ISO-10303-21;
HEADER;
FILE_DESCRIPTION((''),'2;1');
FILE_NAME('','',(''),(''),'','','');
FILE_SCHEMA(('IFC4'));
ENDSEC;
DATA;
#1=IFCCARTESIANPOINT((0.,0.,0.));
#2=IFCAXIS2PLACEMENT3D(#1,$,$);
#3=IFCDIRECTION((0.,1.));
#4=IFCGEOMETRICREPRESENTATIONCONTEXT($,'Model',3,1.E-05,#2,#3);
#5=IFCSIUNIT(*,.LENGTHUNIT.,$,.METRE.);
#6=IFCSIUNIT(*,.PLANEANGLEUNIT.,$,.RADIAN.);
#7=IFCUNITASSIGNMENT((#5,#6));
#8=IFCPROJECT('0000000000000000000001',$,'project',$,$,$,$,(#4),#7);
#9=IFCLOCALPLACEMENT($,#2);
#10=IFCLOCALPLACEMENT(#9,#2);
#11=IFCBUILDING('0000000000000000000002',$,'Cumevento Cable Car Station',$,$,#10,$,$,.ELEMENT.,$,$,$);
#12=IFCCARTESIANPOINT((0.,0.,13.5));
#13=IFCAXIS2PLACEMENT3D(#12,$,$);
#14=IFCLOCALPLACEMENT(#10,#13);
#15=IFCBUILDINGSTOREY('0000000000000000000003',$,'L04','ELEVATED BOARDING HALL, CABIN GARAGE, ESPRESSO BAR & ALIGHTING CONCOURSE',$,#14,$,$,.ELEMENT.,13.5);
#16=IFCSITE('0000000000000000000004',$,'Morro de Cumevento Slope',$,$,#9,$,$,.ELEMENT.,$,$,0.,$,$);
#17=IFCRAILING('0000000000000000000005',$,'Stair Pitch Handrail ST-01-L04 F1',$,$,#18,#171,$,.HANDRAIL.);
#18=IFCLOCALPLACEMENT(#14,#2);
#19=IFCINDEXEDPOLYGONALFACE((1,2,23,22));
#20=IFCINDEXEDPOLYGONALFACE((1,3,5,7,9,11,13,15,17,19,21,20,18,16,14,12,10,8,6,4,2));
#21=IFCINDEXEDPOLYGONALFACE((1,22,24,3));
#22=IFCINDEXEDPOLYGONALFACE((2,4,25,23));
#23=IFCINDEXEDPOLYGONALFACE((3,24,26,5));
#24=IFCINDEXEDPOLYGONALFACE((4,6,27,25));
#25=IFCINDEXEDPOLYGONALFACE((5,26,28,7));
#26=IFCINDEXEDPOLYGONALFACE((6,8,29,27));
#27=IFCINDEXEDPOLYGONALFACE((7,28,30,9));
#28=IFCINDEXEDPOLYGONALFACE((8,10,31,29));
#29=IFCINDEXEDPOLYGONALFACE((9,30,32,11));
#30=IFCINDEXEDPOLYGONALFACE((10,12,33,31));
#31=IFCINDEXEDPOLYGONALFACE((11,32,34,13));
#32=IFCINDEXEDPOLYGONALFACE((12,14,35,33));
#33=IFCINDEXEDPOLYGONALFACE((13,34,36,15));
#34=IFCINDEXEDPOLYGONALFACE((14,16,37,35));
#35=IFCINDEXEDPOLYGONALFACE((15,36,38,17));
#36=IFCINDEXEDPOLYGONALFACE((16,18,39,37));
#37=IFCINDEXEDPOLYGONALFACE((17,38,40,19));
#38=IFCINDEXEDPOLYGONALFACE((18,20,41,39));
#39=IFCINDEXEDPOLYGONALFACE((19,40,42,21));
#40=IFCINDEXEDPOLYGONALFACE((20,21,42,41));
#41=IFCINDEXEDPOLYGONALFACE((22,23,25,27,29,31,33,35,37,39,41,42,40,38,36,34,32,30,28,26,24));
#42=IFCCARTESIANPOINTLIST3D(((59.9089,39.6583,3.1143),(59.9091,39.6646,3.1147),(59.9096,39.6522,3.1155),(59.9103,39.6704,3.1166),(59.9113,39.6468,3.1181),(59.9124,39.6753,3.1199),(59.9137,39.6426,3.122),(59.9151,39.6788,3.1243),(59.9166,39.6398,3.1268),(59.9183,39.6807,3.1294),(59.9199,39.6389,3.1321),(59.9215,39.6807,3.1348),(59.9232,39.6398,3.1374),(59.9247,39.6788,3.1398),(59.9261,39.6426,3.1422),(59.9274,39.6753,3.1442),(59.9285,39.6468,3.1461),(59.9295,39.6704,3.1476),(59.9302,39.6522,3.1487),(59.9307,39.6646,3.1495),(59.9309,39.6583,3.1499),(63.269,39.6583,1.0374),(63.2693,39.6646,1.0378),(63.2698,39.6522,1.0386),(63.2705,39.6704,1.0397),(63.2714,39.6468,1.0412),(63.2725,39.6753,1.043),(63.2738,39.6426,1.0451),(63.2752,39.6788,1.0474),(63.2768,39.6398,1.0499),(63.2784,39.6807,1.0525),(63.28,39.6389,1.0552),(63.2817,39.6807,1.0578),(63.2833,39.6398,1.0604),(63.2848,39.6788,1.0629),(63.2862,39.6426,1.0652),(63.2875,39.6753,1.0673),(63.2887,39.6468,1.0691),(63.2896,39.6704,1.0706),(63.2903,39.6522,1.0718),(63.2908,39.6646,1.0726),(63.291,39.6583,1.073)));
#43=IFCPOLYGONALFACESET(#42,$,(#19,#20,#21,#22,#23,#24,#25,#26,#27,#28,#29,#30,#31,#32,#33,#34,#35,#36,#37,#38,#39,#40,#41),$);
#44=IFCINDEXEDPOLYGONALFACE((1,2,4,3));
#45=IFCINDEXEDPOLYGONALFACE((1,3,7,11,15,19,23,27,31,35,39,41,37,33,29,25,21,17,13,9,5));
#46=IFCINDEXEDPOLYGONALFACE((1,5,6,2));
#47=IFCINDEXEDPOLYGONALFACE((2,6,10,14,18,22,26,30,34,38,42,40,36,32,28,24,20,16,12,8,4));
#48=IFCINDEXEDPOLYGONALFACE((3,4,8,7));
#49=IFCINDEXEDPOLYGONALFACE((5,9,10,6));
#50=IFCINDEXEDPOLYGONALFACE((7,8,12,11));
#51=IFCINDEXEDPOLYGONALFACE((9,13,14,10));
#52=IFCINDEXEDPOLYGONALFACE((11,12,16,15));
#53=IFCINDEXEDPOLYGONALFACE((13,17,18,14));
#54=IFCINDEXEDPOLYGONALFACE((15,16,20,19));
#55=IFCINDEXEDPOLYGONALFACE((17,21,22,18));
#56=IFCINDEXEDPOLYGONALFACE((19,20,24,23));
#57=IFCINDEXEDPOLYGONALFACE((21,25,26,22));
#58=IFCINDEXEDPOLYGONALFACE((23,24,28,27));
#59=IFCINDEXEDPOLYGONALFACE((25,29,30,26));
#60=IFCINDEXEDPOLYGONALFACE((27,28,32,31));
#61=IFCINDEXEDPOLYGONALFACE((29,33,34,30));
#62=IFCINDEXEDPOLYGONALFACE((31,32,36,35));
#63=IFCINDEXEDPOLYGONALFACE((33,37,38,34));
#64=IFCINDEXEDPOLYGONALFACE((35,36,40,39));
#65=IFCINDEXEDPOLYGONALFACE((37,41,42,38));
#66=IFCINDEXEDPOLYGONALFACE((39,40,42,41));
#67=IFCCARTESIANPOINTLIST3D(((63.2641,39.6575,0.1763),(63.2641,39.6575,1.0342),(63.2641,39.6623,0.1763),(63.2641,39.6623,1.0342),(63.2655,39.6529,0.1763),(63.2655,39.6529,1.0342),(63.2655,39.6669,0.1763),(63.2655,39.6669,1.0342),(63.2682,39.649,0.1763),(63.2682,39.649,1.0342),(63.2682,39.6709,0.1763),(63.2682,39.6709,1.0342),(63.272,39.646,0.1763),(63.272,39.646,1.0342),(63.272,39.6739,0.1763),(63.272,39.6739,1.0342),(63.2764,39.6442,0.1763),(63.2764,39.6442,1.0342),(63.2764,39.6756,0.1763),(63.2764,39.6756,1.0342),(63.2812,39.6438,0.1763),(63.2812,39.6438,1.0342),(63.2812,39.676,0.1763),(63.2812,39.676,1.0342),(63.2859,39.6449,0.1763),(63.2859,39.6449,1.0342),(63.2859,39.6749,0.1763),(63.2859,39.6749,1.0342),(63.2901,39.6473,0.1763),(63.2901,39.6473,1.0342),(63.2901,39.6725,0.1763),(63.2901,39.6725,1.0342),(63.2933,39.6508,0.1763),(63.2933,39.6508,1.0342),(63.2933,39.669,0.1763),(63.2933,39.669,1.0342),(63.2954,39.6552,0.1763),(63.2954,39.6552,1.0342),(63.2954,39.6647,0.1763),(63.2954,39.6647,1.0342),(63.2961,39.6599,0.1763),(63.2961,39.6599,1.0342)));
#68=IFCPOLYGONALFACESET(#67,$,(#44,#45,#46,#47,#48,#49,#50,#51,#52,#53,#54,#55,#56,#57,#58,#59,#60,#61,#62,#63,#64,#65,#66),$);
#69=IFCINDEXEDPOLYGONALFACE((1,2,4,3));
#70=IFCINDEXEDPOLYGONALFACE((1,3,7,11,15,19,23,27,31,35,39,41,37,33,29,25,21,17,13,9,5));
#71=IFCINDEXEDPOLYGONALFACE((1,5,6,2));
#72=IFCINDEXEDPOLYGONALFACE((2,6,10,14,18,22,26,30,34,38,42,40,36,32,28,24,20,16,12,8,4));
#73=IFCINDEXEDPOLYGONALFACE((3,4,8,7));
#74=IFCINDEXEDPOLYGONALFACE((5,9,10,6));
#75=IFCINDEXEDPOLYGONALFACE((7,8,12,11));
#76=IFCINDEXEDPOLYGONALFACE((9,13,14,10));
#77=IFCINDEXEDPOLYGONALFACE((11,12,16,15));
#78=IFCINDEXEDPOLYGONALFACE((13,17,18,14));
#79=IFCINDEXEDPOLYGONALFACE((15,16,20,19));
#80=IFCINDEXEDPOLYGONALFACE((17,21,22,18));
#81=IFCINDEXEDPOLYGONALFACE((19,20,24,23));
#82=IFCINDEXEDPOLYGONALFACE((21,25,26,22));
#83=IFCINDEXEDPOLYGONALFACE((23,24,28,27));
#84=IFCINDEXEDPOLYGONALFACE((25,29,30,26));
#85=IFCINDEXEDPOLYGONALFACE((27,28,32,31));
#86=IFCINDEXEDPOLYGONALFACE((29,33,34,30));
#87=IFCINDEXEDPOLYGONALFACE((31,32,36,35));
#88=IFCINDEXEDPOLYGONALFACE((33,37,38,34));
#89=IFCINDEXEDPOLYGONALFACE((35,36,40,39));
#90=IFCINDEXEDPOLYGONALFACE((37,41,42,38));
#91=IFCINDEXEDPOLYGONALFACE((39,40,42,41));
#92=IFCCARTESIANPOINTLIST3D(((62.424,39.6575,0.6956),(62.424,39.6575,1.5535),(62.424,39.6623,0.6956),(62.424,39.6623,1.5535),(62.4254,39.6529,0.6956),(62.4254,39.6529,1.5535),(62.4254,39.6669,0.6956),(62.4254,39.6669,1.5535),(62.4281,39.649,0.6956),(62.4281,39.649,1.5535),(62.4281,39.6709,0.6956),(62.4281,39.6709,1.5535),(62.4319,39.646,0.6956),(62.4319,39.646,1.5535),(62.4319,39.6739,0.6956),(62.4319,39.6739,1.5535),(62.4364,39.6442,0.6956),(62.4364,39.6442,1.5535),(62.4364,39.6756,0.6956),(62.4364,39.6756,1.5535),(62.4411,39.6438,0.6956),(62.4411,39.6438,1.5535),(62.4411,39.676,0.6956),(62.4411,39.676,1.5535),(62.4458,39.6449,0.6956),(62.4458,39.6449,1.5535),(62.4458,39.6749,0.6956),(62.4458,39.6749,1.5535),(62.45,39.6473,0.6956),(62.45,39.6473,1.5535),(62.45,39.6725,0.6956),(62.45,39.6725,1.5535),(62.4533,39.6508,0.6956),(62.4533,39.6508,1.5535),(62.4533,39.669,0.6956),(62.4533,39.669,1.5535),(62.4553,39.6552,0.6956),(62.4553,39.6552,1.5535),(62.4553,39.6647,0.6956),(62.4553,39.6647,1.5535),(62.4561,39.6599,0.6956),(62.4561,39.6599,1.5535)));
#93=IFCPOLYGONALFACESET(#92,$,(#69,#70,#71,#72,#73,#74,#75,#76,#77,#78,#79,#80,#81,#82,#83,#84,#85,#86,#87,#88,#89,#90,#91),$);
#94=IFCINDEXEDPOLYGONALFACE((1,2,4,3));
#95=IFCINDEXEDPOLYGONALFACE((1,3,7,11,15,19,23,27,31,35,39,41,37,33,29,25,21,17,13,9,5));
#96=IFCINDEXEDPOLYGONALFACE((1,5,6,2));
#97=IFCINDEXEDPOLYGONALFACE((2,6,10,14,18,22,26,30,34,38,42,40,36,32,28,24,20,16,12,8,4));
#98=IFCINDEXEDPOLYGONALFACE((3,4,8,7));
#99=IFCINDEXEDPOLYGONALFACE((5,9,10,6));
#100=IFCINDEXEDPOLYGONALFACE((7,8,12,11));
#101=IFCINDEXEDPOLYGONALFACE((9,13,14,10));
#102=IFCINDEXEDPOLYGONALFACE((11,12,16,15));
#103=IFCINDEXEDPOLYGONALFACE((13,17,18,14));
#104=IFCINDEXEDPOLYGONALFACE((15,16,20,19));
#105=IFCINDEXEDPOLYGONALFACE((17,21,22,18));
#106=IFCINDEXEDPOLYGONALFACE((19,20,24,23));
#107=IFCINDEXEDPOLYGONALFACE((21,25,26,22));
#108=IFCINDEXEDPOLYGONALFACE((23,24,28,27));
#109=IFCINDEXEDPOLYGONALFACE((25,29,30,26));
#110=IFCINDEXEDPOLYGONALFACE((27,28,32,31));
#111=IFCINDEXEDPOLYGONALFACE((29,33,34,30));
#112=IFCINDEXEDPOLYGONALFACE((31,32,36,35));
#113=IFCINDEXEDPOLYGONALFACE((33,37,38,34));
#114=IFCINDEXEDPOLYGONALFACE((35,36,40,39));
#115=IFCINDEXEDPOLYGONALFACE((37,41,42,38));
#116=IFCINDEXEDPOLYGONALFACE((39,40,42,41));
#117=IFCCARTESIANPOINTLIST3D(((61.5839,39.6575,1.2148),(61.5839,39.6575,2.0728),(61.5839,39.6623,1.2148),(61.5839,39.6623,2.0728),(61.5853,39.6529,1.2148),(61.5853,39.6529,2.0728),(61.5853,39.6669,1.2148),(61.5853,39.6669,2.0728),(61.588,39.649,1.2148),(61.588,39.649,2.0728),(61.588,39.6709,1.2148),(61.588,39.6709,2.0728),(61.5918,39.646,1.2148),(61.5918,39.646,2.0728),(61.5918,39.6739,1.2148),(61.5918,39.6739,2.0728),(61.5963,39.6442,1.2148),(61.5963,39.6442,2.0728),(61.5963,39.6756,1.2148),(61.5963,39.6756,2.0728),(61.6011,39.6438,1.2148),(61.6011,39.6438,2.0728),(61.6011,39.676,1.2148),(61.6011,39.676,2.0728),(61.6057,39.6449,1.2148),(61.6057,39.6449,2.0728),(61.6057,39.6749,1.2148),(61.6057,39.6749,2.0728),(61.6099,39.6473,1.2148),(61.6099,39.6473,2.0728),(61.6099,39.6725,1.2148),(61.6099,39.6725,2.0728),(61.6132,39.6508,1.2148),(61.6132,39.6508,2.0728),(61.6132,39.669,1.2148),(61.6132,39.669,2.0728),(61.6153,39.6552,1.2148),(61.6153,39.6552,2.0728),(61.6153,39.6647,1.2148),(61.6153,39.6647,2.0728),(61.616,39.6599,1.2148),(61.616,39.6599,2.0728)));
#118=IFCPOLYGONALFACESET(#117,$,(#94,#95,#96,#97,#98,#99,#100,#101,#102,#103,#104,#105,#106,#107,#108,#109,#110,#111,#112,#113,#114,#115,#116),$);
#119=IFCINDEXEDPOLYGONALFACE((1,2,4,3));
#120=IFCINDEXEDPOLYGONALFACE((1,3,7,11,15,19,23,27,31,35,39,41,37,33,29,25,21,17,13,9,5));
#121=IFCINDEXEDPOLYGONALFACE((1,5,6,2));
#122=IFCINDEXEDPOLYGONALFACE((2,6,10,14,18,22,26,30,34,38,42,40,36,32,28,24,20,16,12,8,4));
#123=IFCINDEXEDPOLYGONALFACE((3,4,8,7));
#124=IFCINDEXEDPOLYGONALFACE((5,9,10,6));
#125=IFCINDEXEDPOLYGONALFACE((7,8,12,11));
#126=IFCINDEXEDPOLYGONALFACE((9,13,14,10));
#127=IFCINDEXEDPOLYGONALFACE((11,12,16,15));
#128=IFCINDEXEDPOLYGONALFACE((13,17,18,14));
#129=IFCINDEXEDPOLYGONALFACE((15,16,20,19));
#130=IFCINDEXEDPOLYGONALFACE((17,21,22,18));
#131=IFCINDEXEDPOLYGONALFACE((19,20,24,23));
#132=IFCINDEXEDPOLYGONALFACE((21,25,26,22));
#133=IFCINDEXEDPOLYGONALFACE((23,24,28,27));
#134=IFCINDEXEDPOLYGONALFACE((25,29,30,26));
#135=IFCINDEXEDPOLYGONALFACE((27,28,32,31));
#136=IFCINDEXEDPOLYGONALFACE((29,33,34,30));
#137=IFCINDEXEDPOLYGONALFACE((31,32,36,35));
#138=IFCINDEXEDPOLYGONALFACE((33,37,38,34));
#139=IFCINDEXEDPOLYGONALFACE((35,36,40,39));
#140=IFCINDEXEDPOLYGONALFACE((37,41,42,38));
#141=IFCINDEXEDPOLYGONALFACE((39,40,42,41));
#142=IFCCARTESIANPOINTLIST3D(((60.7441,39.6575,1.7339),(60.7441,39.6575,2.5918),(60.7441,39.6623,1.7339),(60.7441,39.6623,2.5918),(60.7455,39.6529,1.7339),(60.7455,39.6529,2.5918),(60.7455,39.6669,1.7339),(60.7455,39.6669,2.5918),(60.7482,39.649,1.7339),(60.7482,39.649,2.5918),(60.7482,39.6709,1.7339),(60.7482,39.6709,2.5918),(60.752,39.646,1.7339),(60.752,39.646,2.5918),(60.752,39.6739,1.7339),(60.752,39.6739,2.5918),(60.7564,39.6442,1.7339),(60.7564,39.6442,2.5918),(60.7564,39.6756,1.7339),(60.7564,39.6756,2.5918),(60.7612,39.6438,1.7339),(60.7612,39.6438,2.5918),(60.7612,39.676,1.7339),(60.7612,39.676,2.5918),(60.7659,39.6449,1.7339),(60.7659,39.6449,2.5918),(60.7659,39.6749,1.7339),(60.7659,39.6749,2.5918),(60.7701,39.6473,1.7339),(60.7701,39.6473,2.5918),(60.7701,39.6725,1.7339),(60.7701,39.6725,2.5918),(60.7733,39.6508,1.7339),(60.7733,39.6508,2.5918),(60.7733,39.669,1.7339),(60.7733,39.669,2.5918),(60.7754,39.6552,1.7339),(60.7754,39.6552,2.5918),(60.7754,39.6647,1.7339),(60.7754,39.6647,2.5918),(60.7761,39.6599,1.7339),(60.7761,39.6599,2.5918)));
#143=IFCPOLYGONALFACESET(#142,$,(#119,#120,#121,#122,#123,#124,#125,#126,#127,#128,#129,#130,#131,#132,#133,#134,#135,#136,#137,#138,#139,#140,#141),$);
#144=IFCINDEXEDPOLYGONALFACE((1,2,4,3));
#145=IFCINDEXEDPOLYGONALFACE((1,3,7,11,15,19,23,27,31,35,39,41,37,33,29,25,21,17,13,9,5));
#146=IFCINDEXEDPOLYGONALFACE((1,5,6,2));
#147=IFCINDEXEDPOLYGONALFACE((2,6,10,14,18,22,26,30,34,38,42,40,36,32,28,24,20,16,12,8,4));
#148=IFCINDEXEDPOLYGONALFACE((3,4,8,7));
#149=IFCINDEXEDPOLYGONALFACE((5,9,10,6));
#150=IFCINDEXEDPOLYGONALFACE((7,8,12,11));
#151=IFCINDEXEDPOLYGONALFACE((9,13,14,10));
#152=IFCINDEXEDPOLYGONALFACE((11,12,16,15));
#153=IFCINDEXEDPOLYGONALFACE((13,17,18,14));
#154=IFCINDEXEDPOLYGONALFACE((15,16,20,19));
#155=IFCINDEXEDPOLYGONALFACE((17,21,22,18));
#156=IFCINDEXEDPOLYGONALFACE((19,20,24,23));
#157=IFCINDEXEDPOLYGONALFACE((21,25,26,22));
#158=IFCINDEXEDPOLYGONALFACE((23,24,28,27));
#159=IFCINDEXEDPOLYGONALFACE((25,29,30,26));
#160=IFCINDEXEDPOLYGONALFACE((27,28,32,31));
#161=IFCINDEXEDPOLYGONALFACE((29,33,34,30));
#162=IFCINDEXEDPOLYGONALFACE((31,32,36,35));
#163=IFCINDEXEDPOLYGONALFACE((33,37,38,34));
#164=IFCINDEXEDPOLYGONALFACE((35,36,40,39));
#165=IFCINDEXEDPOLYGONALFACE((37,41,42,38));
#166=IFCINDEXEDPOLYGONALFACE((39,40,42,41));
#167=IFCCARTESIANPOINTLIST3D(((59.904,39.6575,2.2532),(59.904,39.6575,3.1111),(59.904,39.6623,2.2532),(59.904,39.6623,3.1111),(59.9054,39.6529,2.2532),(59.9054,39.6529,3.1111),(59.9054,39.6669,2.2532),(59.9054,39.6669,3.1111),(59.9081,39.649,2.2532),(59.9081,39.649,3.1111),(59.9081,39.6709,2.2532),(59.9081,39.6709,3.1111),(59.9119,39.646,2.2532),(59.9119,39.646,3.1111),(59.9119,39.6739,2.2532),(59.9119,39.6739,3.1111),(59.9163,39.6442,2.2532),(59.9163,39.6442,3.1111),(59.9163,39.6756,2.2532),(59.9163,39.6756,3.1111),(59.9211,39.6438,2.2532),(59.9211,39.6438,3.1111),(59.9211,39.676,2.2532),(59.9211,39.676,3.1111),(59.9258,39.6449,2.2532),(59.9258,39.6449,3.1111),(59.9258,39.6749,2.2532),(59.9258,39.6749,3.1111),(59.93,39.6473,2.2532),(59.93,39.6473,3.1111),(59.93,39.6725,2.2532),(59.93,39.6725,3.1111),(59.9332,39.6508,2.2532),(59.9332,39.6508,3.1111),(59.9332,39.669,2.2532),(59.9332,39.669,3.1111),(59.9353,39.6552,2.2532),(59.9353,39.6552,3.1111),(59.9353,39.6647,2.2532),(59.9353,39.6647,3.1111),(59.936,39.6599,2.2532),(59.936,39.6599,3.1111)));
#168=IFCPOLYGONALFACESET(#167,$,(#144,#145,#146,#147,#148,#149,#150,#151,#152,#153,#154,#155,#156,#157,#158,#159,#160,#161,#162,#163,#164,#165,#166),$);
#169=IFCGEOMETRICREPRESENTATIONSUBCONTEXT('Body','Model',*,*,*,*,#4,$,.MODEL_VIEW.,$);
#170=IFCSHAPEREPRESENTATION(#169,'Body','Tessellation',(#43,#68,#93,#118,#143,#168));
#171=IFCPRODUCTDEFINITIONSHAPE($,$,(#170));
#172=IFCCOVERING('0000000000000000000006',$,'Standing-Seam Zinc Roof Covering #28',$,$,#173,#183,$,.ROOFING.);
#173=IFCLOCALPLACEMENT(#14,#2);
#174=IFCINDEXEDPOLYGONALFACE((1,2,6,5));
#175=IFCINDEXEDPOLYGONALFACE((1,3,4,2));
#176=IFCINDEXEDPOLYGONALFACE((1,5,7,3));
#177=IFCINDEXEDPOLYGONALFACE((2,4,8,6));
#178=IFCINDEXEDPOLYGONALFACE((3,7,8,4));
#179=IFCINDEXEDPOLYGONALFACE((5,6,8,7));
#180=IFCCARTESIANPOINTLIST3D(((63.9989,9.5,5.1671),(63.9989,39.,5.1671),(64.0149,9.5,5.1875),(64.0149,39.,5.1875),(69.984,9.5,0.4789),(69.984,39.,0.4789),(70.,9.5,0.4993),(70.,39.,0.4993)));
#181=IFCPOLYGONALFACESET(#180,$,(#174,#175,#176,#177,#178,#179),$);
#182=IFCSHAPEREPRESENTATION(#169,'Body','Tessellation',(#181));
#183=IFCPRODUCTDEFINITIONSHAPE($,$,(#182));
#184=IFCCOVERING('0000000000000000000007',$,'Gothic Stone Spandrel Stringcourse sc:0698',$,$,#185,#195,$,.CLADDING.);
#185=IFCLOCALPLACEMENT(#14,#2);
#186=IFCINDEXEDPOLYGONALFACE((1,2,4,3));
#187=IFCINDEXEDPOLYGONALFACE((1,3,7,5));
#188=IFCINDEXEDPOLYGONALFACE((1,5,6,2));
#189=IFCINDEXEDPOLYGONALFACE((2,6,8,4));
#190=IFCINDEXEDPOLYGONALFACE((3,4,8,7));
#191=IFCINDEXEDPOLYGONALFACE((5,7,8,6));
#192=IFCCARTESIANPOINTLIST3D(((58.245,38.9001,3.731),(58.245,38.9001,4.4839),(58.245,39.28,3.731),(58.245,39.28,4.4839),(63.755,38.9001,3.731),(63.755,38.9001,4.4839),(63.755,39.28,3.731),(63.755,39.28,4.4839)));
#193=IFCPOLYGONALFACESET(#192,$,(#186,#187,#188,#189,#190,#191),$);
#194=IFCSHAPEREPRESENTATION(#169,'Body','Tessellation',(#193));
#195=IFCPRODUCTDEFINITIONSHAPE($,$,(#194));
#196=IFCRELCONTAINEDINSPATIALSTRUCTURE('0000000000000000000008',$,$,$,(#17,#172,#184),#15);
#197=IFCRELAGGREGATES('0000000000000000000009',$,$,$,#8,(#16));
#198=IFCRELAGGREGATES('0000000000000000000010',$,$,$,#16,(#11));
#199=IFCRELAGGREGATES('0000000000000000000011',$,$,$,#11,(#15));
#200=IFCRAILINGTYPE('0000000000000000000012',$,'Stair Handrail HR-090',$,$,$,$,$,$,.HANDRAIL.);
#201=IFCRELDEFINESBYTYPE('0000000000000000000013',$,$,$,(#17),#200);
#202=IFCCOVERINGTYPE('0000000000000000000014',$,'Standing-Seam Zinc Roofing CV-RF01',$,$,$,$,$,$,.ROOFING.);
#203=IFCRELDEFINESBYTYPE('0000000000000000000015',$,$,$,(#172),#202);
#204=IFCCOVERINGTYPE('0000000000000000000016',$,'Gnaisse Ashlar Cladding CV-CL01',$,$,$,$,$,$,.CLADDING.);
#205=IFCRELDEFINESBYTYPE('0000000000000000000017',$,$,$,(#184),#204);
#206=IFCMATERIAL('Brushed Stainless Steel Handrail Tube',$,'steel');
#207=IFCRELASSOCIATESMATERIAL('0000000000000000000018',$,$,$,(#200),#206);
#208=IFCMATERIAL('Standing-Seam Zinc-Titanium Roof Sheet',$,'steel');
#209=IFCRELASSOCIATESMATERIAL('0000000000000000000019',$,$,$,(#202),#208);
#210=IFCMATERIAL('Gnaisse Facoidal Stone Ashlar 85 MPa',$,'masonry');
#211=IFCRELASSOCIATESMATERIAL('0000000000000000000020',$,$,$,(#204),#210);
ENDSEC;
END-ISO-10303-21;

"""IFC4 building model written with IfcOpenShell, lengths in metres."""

from ifc_helpers import new_model, si_unit, direction, frame, origin, origin_2d, place, context, subcontext, project, spatial, polyline, rectangle, circle, outline, extrude, material, type_object, element, save


model = new_model("IFC4")

# Units and contexts
model_context = context("Model", 3, precision=1e-05, world=origin(), true_north=direction((0.0, 1.0)))
body_context = subcontext(model_context, "Body", "Model", "MODEL_VIEW")
ifc_project = project(units=[si_unit("LENGTHUNIT", "METRE"), si_unit("PLANEANGLEUNIT", "RADIAN")], contexts=[model_context])

# Site, building, storey
site_placement = place(None, origin())
site = spatial("IfcSite", under=ifc_project, at=site_placement, Name="Morro de Cumevento Slope", CompositionType="ELEMENT", RefElevation=0.0)
building_placement = place(site_placement, origin())
building = spatial("IfcBuilding", under=site, at=building_placement, Name="Cumevento Cable Car Station", CompositionType="ELEMENT")
storey_placement = place(building_placement, frame((0.0, 0.0, 13.5)))
storey = spatial("IfcBuildingStorey", under=building, at=storey_placement, Name="L04", Description="ELEVATED BOARDING HALL, CABIN GARAGE, ESPRESSO BAR & ALIGHTING CONCOURSE", CompositionType="ELEMENT", Elevation=13.5)

# Railing
ifc_material_1 = material(Name="Brushed Stainless Steel Handrail Tube", Category="steel")
railing_type_1 = type_object("IfcRailingType", Name="Stair Handrail HR-090", PredefinedType="HANDRAIL", material=ifc_material_1)
railing_1_placement = place(storey_placement, frame((63.28, 39.6599, 0.1763)))
element("IfcRailing", 1, at=railing_1_placement, inside=storey, type_object=railing_type_1, Name="Stair Pitch Handrail ST-01-L04 F1", PredefinedType="HANDRAIL", context=body_context, shape_type="SweptSolid", body=[
    extrude(circle(Radius=0.021, at=origin_2d()), frame((0.0, 0.0, 0.8789), z_axis=(-0.850623, 0.0, 0.525776), x_axis=(0.0, -1.0, 0.0)), (0.0, 0.0, 1.0), 3.9502),
    extrude(circle(Radius=0.0161, at=origin_2d()), origin(), (0.0, 0.0, 1.0), 0.8579),
    extrude(circle(Radius=0.0161, at=origin_2d()), frame((-0.8401, 0.0, 0.5193)), (0.0, 0.0, 1.0), 0.8579),
    extrude(circle(Radius=0.0161, at=origin_2d()), frame((-1.6802, 0.0, 1.0386)), (0.0, 0.0, 1.0), 0.8579),
    extrude(circle(Radius=0.0161, at=origin_2d()), frame((-2.52, 0.0, 1.5576)), (0.0, 0.0, 1.0), 0.8579),
    extrude(circle(Radius=0.0161, at=origin_2d()), frame((-3.3601, 0.0, 2.0769)), (0.0, 0.0, 1.0), 0.8579),
])

# Coverings
ifc_material_2 = material(Name="Standing-Seam Zinc-Titanium Roof Sheet", Category="steel")
covering_type_1 = type_object("IfcCoveringType", Name="Standing-Seam Zinc Roofing CV-RF01", PredefinedType="ROOFING", material=ifc_material_2)
covering_1_placement = place(storey_placement, frame((64.0149, 39.0, 5.1875), z_axis=(0.616654, 0.0, 0.787235), x_axis=(0.0, -1.0, 0.0)))
element("IfcCovering", 2, at=covering_1_placement, inside=storey, type_object=covering_type_1, Name="Standing-Seam Zinc Roof Covering #28", PredefinedType="ROOFING", context=body_context, shape_type="SweptSolid", body=[
    extrude(outline(polyline([(0.0, 0.0), (29.5, 0.0), (29.5, 7.6027), (0.0, 7.6027), (0.0, 0.0)])), origin(), (0.0, 0.0, -1.0), 0.0259),
])
ifc_material_3 = material(Name="Gnaisse Facoidal Stone Ashlar 85 MPa", Category="masonry")
covering_type_2 = type_object("IfcCoveringType", Name="Gnaisse Ashlar Cladding CV-CL01", PredefinedType="CLADDING", material=ifc_material_3)
covering_2_placement = place(storey_placement, frame((61.0, 39.0901, 3.731), z_axis=(0.0, 0.0, 1.0), x_axis=(-1.0, 0.0, 0.0)))
element("IfcCovering", 3, at=covering_2_placement, inside=storey, type_object=covering_type_2, Name="Gothic Stone Spandrel Stringcourse sc:0698", PredefinedType="CLADDING", context=body_context, shape_type="SweptSolid", body=[
    extrude(rectangle(XDim=5.51, YDim=0.3799, at=origin_2d()), origin(), (0.0, 0.0, 1.0), 0.7529),
])

save(model, "model.ifc")
